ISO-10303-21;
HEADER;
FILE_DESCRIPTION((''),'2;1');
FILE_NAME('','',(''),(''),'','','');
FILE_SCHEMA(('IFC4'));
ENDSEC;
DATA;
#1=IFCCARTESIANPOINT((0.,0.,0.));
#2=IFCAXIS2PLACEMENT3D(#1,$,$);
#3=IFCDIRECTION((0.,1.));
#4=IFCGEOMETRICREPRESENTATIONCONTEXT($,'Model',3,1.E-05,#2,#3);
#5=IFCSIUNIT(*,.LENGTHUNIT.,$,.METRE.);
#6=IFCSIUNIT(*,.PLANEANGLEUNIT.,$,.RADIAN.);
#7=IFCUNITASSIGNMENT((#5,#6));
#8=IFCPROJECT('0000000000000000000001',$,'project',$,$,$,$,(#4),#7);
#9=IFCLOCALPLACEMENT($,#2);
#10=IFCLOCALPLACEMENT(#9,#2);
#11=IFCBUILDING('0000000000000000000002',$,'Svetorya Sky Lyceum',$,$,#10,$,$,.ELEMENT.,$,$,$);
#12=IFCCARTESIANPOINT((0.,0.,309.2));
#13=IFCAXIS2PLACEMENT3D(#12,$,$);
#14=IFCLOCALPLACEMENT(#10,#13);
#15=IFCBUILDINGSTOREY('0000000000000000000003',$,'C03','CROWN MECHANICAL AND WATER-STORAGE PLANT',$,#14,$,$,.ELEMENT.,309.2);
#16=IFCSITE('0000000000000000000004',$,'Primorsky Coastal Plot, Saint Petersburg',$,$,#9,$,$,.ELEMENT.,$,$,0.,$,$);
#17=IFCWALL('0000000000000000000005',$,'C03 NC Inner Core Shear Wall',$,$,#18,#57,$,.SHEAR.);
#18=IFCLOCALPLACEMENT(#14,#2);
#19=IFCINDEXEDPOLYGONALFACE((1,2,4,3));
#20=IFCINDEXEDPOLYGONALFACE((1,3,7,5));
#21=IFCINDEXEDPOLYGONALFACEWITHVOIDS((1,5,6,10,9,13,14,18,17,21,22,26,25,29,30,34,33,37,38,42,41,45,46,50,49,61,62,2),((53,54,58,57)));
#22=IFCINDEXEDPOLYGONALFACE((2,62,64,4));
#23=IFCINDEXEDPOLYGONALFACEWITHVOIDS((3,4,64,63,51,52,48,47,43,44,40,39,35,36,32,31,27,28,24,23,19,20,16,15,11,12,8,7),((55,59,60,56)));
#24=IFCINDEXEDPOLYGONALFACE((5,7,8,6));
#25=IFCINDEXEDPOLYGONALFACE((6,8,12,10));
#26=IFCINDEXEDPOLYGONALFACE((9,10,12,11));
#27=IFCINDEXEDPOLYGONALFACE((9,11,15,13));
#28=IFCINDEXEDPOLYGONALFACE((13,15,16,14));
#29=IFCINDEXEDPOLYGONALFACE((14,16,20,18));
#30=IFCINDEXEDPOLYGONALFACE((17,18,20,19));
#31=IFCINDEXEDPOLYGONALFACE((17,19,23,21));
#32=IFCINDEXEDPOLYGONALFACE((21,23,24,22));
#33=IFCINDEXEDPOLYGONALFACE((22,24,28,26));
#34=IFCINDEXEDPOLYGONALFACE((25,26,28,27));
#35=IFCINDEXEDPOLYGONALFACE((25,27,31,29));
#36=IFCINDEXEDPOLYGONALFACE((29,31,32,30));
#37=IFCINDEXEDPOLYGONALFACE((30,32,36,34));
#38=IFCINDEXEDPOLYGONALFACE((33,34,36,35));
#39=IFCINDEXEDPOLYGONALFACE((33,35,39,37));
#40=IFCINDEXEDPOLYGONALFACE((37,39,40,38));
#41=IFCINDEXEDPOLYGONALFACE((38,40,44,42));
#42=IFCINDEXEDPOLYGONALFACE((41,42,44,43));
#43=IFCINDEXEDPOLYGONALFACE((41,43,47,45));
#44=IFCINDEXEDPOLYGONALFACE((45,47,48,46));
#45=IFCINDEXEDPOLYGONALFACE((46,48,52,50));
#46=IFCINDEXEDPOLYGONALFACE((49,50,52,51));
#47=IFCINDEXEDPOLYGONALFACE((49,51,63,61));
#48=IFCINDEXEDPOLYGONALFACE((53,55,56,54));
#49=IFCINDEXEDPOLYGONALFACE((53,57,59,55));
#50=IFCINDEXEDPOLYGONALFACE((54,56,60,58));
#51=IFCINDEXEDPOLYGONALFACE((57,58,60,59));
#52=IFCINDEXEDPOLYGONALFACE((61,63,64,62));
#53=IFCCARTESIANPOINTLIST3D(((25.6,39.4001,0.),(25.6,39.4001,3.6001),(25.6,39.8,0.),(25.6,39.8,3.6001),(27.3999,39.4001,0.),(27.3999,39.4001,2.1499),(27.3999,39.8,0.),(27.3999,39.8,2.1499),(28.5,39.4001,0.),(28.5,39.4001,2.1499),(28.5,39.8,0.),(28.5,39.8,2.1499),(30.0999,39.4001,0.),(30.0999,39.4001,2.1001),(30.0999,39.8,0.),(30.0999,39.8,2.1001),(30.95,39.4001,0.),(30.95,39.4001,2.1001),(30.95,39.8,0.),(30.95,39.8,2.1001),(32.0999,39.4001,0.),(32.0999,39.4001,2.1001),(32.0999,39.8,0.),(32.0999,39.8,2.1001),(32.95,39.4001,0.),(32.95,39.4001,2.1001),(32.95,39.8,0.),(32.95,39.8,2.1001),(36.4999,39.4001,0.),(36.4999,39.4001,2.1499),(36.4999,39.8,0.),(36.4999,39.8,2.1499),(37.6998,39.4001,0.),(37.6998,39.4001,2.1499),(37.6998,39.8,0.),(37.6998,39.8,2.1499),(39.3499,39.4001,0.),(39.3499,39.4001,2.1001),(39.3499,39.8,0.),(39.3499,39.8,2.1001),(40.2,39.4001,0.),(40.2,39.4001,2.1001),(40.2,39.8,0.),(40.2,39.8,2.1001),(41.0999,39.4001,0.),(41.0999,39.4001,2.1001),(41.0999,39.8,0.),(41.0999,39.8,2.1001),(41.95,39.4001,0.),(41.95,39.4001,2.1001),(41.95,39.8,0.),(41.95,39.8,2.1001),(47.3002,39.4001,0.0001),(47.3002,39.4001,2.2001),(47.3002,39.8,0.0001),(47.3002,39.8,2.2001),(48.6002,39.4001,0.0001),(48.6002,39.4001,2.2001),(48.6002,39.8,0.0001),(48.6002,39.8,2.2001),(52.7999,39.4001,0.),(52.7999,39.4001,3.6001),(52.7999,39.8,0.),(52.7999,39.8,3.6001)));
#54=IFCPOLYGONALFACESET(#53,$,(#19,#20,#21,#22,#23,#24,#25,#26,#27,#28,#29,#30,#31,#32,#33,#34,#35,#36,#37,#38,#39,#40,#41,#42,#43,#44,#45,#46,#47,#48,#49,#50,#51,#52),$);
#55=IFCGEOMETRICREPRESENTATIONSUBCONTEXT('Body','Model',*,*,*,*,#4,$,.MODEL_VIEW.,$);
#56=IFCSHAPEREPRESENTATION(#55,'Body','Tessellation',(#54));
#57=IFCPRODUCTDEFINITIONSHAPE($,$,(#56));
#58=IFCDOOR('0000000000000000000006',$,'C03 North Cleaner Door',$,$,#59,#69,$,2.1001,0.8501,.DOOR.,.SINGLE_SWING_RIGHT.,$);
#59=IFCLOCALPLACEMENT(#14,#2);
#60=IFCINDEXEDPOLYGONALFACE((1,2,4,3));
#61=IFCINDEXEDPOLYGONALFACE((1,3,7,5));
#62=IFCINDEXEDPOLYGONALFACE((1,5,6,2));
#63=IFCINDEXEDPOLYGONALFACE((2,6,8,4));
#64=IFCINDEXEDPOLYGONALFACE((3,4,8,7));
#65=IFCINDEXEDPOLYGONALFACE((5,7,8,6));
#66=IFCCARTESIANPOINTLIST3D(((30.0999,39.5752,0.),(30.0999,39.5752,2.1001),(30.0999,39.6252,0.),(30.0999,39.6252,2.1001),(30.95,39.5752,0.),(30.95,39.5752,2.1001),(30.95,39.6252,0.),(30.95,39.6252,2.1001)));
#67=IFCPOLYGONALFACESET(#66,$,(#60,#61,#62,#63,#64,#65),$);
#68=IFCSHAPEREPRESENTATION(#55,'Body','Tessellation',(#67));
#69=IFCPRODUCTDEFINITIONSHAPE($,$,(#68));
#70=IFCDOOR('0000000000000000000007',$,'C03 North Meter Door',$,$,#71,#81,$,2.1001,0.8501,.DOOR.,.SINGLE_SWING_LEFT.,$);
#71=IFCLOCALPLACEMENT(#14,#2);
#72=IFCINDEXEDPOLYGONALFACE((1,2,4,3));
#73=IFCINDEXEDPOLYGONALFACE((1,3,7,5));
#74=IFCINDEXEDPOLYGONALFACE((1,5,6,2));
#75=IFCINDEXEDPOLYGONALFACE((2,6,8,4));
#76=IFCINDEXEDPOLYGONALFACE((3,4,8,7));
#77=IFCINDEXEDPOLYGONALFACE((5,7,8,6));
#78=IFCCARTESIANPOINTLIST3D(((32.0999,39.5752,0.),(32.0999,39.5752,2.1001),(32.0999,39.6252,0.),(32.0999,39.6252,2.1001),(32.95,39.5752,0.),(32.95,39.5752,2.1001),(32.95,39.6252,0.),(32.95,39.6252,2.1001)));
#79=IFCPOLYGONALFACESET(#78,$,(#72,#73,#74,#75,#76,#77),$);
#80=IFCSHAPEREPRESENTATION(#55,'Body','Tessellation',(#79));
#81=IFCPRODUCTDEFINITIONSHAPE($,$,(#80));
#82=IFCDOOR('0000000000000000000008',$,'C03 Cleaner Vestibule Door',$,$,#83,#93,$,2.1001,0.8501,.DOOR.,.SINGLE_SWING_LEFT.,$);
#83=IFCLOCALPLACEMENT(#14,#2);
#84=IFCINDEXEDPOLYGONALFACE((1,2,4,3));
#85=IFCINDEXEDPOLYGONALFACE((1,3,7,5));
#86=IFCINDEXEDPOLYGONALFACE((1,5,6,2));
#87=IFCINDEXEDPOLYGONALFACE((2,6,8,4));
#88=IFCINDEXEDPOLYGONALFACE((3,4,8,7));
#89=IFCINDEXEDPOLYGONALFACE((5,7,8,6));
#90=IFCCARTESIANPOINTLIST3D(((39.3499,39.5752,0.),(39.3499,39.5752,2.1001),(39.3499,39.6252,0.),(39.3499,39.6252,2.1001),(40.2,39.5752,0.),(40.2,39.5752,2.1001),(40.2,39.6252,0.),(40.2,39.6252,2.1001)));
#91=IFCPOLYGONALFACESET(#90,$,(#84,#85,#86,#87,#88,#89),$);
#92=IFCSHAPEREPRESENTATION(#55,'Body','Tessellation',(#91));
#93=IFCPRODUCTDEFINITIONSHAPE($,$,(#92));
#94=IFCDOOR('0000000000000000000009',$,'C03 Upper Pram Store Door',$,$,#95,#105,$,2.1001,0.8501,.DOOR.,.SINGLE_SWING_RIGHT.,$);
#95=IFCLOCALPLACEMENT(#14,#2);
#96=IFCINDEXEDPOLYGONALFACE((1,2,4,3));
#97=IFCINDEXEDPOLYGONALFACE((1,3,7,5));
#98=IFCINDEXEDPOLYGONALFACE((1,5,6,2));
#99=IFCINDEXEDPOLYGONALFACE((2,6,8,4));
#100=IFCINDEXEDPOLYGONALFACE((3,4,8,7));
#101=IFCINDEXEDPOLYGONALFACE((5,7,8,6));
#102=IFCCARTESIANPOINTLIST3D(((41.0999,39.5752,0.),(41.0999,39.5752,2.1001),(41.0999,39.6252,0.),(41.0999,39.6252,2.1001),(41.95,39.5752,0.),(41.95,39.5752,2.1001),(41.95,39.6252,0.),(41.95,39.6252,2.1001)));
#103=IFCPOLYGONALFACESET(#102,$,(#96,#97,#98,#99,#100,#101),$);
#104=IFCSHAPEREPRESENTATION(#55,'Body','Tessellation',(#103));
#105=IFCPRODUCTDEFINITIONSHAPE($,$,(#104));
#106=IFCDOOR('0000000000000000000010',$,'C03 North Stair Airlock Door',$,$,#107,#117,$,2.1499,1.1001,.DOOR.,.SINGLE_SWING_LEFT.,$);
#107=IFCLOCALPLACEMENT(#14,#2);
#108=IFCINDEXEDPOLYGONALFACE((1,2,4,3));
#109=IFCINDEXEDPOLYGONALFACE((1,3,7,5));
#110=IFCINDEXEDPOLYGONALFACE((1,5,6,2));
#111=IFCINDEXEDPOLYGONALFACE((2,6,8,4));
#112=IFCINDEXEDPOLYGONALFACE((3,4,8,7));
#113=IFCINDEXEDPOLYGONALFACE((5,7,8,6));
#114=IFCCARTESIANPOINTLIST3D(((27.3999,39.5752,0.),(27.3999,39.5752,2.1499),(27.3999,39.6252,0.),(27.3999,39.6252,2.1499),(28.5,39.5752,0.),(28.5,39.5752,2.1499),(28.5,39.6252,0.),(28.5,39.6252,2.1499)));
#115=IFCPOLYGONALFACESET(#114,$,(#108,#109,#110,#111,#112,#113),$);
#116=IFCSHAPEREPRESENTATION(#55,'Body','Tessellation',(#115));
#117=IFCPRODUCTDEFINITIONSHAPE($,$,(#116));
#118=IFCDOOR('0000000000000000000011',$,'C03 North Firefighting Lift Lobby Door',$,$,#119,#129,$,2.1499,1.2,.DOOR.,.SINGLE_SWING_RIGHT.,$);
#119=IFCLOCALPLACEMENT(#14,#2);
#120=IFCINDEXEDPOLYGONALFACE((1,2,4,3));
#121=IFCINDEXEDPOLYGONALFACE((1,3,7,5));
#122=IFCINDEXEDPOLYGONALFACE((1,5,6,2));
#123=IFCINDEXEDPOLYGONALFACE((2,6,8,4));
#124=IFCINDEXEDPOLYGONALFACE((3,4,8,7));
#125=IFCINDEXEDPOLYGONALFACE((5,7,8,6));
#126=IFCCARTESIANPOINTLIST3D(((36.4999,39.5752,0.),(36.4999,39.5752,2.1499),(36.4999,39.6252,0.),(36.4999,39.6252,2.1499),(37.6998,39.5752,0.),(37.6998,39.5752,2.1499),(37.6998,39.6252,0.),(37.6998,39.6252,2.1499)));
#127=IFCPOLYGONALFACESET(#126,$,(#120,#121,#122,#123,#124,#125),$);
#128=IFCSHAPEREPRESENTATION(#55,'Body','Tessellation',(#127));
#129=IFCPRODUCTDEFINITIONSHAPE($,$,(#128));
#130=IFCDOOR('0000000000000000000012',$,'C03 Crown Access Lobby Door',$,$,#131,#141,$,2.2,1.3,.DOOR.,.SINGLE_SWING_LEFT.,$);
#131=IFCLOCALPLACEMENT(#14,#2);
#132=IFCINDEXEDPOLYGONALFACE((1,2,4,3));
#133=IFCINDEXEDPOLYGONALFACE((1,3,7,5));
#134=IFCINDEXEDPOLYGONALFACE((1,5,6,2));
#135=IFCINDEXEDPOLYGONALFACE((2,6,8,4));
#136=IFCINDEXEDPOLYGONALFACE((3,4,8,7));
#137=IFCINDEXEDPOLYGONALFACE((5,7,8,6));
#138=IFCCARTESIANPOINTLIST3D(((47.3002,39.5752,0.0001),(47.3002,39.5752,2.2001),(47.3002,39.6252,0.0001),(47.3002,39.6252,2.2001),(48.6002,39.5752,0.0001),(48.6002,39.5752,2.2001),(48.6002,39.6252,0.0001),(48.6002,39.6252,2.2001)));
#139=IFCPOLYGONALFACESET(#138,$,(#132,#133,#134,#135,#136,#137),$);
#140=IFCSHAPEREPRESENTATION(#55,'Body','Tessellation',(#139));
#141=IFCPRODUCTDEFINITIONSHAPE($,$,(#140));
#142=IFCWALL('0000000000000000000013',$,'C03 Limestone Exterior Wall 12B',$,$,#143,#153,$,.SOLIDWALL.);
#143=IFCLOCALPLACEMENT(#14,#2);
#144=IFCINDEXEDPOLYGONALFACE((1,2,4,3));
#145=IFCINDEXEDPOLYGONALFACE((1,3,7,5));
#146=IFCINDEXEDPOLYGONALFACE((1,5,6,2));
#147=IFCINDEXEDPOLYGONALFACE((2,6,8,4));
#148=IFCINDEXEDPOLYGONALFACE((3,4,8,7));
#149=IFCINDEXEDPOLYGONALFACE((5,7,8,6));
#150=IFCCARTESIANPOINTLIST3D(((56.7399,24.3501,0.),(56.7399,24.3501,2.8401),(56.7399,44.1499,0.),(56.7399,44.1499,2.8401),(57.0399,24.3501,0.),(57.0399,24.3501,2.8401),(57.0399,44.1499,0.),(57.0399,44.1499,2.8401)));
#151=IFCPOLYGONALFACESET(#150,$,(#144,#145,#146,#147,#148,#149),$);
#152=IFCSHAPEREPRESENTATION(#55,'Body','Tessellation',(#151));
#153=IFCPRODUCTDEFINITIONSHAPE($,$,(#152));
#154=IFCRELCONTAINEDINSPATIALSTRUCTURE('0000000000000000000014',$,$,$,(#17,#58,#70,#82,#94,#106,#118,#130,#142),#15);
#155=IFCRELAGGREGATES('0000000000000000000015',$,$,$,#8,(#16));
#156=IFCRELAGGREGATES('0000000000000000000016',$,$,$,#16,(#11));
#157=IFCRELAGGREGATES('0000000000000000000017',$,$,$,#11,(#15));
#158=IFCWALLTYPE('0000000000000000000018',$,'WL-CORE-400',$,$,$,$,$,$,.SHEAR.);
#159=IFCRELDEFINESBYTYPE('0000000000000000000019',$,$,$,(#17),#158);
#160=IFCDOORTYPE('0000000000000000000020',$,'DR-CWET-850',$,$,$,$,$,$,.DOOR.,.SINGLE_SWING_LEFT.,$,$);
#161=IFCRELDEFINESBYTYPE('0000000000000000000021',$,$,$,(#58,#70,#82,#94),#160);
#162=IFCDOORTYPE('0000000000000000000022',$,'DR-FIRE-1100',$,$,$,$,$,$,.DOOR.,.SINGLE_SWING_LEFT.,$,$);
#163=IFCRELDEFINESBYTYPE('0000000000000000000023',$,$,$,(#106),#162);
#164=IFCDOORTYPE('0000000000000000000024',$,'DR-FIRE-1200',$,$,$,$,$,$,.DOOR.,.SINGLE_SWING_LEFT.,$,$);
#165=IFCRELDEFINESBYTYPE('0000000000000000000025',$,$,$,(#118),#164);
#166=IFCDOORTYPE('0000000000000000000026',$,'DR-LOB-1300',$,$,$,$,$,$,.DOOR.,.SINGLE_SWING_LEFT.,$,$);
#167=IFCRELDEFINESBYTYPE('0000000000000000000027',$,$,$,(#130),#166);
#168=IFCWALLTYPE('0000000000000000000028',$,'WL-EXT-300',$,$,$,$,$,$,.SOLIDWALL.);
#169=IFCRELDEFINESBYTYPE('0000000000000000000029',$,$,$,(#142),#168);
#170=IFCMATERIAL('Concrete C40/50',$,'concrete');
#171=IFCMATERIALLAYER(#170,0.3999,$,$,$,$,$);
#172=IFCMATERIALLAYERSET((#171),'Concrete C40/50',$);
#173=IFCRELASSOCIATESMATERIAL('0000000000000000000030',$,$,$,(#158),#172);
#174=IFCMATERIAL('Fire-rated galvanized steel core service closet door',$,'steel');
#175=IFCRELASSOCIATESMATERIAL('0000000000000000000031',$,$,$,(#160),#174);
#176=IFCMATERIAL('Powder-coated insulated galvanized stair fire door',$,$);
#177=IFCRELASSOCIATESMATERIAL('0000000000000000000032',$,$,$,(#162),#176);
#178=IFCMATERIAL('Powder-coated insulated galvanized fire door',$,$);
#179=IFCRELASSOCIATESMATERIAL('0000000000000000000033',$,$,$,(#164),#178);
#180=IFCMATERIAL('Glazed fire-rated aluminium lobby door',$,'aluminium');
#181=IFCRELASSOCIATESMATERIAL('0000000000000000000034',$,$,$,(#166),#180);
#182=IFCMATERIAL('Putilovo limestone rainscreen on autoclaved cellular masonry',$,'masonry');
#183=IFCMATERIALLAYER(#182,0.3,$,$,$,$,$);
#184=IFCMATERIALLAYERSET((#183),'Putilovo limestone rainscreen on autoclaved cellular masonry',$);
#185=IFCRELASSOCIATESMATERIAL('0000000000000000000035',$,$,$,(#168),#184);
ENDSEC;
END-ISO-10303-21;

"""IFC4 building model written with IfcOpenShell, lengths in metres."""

from ifc_helpers import new_model, si_unit, direction, frame, frame_2d, origin, place, context, subcontext, project, spatial, rectangle, extrude, material, layer, layer_set, type_object, element, fill, save


model = new_model("IFC4")

# Units and contexts
model_context = context("Model", 3, precision=1e-05, world=origin(), true_north=direction((0.0, 1.0)))
body_context = subcontext(model_context, "Body", "Model", "MODEL_VIEW")
ifc_project = project(units=[si_unit("LENGTHUNIT", "METRE"), si_unit("PLANEANGLEUNIT", "RADIAN")], contexts=[model_context])

# Site, building, storey
site_placement = place(None, origin())
site = spatial("IfcSite", under=ifc_project, at=site_placement, Name="Primorsky Coastal Plot, Saint Petersburg", CompositionType="ELEMENT", RefElevation=0.0)
building_placement = place(site_placement, origin())
building = spatial("IfcBuilding", under=site, at=building_placement, Name="Svetorya Sky Lyceum", CompositionType="ELEMENT")
storey_placement = place(building_placement, frame((0.0, 0.0, 309.2)))
storey = spatial("IfcBuildingStorey", under=building, at=storey_placement, Name="C03", Description="CROWN MECHANICAL AND WATER-STORAGE PLANT", CompositionType="ELEMENT", Elevation=309.2)

# Shared definitions
ifc_material_1 = material(Name="Concrete C40/50", Category="concrete")

# Wall, openings, doors
ifc_layer_1 = layer(ifc_material_1, 0.3999)
ifc_layer_set_1 = layer_set([ifc_layer_1], Name="Concrete C40/50")
wall_type_1 = type_object("IfcWallType", Name="WL-CORE-400", PredefinedType="SHEAR", material=ifc_layer_set_1)
wall_1_placement = place(storey_placement, frame((52.8, 39.6001, 0.0), z_axis=(0.0, 0.0, 1.0), x_axis=(-1.0, 0.0, 0.0)))
wall_1 = element("IfcWall", 1, at=wall_1_placement, inside=storey, type_object=wall_type_1, Name="C03 NC Inner Core Shear Wall", PredefinedType="SHEAR", context=body_context, shape_type="SweptSolid", body=[
    extrude(rectangle(XDim=27.2, YDim=0.3999, at=frame_2d((13.6001, 0.0))), origin(), (0.0, 0.0, 1.0), 3.6001),
])
opening_1_placement = place(wall_1_placement, frame((24.3, 0.0, 0.0)))
opening_1 = element("IfcOpeningElement", 2, at=opening_1_placement, cuts=wall_1, PredefinedType="OPENING", context=body_context, shape_type="SweptSolid", body=[
    extrude(rectangle(XDim=1.1001, YDim=2.1499, at=frame_2d((0.55, 1.075))), frame((0.0, 0.21, 0.0), z_axis=(0.0, -1.0, 0.0), x_axis=(1.0, 0.0, 0.0)), (0.0, 0.0, 1.0), 0.4199),
])
opening_2_placement = place(wall_1_placement, frame((21.8501, 0.0, 0.0)))
opening_2 = element("IfcOpeningElement", 3, at=opening_2_placement, cuts=wall_1, PredefinedType="OPENING", context=body_context, shape_type="SweptSolid", body=[
    extrude(rectangle(XDim=0.8501, YDim=2.1001, at=frame_2d((0.425, 1.05))), frame((0.0, 0.21, 0.0), z_axis=(0.0, -1.0, 0.0), x_axis=(1.0, 0.0, 0.0)), (0.0, 0.0, 1.0), 0.4199),
])
opening_3_placement = place(wall_1_placement, frame((19.8501, 0.0, 0.0)))
opening_3 = element("IfcOpeningElement", 4, at=opening_3_placement, cuts=wall_1, PredefinedType="OPENING", context=body_context, shape_type="SweptSolid", body=[
    extrude(rectangle(XDim=0.8501, YDim=2.1001, at=frame_2d((0.425, 1.05))), frame((0.0, 0.21, 0.0), z_axis=(0.0, -1.0, 0.0), x_axis=(1.0, 0.0, 0.0)), (0.0, 0.0, 1.0), 0.4199),
])
opening_4_placement = place(wall_1_placement, frame((15.1001, 0.0, 0.0)))
opening_4 = element("IfcOpeningElement", 5, at=opening_4_placement, cuts=wall_1, PredefinedType="OPENING", context=body_context, shape_type="SweptSolid", body=[
    extrude(rectangle(XDim=1.2, YDim=2.1499, at=frame_2d((0.6001, 1.075))), frame((0.0, 0.21, 0.0), z_axis=(0.0, -1.0, 0.0), x_axis=(1.0, 0.0, 0.0)), (0.0, 0.0, 1.0), 0.4199),
])
opening_5_placement = place(wall_1_placement, frame((12.6001, 0.0, 0.0)))
opening_5 = element("IfcOpeningElement", 6, at=opening_5_placement, cuts=wall_1, PredefinedType="OPENING", context=body_context, shape_type="SweptSolid", body=[
    extrude(rectangle(XDim=0.8501, YDim=2.1001, at=frame_2d((0.425, 1.05))), frame((0.0, 0.21, 0.0), z_axis=(0.0, -1.0, 0.0), x_axis=(1.0, 0.0, 0.0)), (0.0, 0.0, 1.0), 0.4199),
])
opening_6_placement = place(wall_1_placement, frame((10.8501, 0.0, 0.0)))
opening_6 = element("IfcOpeningElement", 7, at=opening_6_placement, cuts=wall_1, PredefinedType="OPENING", context=body_context, shape_type="SweptSolid", body=[
    extrude(rectangle(XDim=0.8501, YDim=2.1001, at=frame_2d((0.425, 1.05))), frame((0.0, 0.21, 0.0), z_axis=(0.0, -1.0, 0.0), x_axis=(1.0, 0.0, 0.0)), (0.0, 0.0, 1.0), 0.4199),
])
opening_7_placement = place(wall_1_placement, frame((4.2, 0.0, 0.0)))
opening_7 = element("IfcOpeningElement", 8, at=opening_7_placement, cuts=wall_1, PredefinedType="OPENING", context=body_context, shape_type="SweptSolid", body=[
    extrude(rectangle(XDim=1.3, YDim=2.2, at=frame_2d((0.6499, 1.1001))), frame((0.0, 0.21, 0.0), z_axis=(0.0, -1.0, 0.0), x_axis=(1.0, 0.0, 0.0)), (0.0, 0.0, 1.0), 0.4199),
])
ifc_material_2 = material(Name="Fire-rated galvanized steel core service closet door", Category="steel")
door_type_1 = type_object("IfcDoorType", Name="DR-CWET-850", OperationType="SINGLE_SWING_LEFT", PredefinedType="DOOR", material=ifc_material_2)
door_1_placement = place(opening_2_placement, origin())
door_1 = element("IfcDoor", 9, at=door_1_placement, inside=storey, type_object=door_type_1, Name="C03 North Cleaner Door", OperationType="SINGLE_SWING_RIGHT", OverallHeight=2.1001, OverallWidth=0.8501, PredefinedType="DOOR", context=body_context, shape_type="SweptSolid", body=[
    extrude(rectangle(XDim=0.8501, YDim=2.1001, at=frame_2d((0.425, 1.05))), frame((0.0, 0.0249, 0.0), z_axis=(0.0, -1.0, 0.0), x_axis=(1.0, 0.0, 0.0)), (0.0, 0.0, 1.0), 0.05),
])
fill(opening_2, door_1)
door_2_placement = place(opening_3_placement, origin())
door_2 = element("IfcDoor", 10, at=door_2_placement, inside=storey, type_object=door_type_1, Name="C03 North Meter Door", OperationType="SINGLE_SWING_LEFT", OverallHeight=2.1001, OverallWidth=0.8501, PredefinedType="DOOR", context=body_context, shape_type="SweptSolid", body=[
    extrude(rectangle(XDim=0.8501, YDim=2.1001, at=frame_2d((0.425, 1.05))), frame((0.0, 0.0249, 0.0), z_axis=(0.0, -1.0, 0.0), x_axis=(1.0, 0.0, 0.0)), (0.0, 0.0, 1.0), 0.05),
])
fill(opening_3, door_2)
door_3_placement = place(opening_5_placement, origin())
door_3 = element("IfcDoor", 11, at=door_3_placement, inside=storey, type_object=door_type_1, Name="C03 Cleaner Vestibule Door", OperationType="SINGLE_SWING_LEFT", OverallHeight=2.1001, OverallWidth=0.8501, PredefinedType="DOOR", context=body_context, shape_type="SweptSolid", body=[
    extrude(rectangle(XDim=0.8501, YDim=2.1001, at=frame_2d((0.425, 1.05))), frame((0.0, 0.0249, 0.0), z_axis=(0.0, -1.0, 0.0), x_axis=(1.0, 0.0, 0.0)), (0.0, 0.0, 1.0), 0.05),
])
fill(opening_5, door_3)
door_4_placement = place(opening_6_placement, origin())
door_4 = element("IfcDoor", 12, at=door_4_placement, inside=storey, type_object=door_type_1, Name="C03 Upper Pram Store Door", OperationType="SINGLE_SWING_RIGHT", OverallHeight=2.1001, OverallWidth=0.8501, PredefinedType="DOOR", context=body_context, shape_type="SweptSolid", body=[
    extrude(rectangle(XDim=0.8501, YDim=2.1001, at=frame_2d((0.425, 1.05))), frame((0.0, 0.0249, 0.0), z_axis=(0.0, -1.0, 0.0), x_axis=(1.0, 0.0, 0.0)), (0.0, 0.0, 1.0), 0.05),
])
fill(opening_6, door_4)
ifc_material_3 = material(Name="Powder-coated insulated galvanized stair fire door")
door_type_2 = type_object("IfcDoorType", Name="DR-FIRE-1100", OperationType="SINGLE_SWING_LEFT", PredefinedType="DOOR", material=ifc_material_3)
door_5_placement = place(opening_1_placement, origin())
door_5 = element("IfcDoor", 13, at=door_5_placement, inside=storey, type_object=door_type_2, Name="C03 North Stair Airlock Door", OperationType="SINGLE_SWING_LEFT", OverallHeight=2.1499, OverallWidth=1.1001, PredefinedType="DOOR", context=body_context, shape_type="SweptSolid", body=[
    extrude(rectangle(XDim=1.1001, YDim=2.1499, at=frame_2d((0.55, 1.075))), frame((0.0, 0.0249, 0.0), z_axis=(0.0, -1.0, 0.0), x_axis=(1.0, 0.0, 0.0)), (0.0, 0.0, 1.0), 0.05),
])
fill(opening_1, door_5)
ifc_material_4 = material(Name="Powder-coated insulated galvanized fire door")
door_type_3 = type_object("IfcDoorType", Name="DR-FIRE-1200", OperationType="SINGLE_SWING_LEFT", PredefinedType="DOOR", material=ifc_material_4)
door_6_placement = place(opening_4_placement, origin())
door_6 = element("IfcDoor", 14, at=door_6_placement, inside=storey, type_object=door_type_3, Name="C03 North Firefighting Lift Lobby Door", OperationType="SINGLE_SWING_RIGHT", OverallHeight=2.1499, OverallWidth=1.2, PredefinedType="DOOR", context=body_context, shape_type="SweptSolid", body=[
    extrude(rectangle(XDim=1.2, YDim=2.1499, at=frame_2d((0.6001, 1.075))), frame((0.0, 0.0249, 0.0), z_axis=(0.0, -1.0, 0.0), x_axis=(1.0, 0.0, 0.0)), (0.0, 0.0, 1.0), 0.05),
])
fill(opening_4, door_6)
ifc_material_5 = material(Name="Glazed fire-rated aluminium lobby door", Category="aluminium")
door_type_4 = type_object("IfcDoorType", Name="DR-LOB-1300", OperationType="SINGLE_SWING_LEFT", PredefinedType="DOOR", material=ifc_material_5)
door_7_placement = place(opening_7_placement, origin())
door_7 = element("IfcDoor", 15, at=door_7_placement, inside=storey, type_object=door_type_4, Name="C03 Crown Access Lobby Door", OperationType="SINGLE_SWING_LEFT", OverallHeight=2.2, OverallWidth=1.3, PredefinedType="DOOR", context=body_context, shape_type="SweptSolid", body=[
    extrude(rectangle(XDim=1.3, YDim=2.2, at=frame_2d((0.6499, 1.1001))), frame((0.0, 0.0249, 0.0), z_axis=(0.0, -1.0, 0.0), x_axis=(1.0, 0.0, 0.0)), (0.0, 0.0, 1.0), 0.05),
])
fill(opening_7, door_7)

# Wall
ifc_material_6 = material(Name="Putilovo limestone rainscreen on autoclaved cellular masonry", Category="masonry")
ifc_layer_2 = layer(ifc_material_6, 0.3)
ifc_layer_set_2 = layer_set([ifc_layer_2], Name="Putilovo limestone rainscreen on autoclaved cellular masonry")
wall_type_2 = type_object("IfcWallType", Name="WL-EXT-300", PredefinedType="SOLIDWALL", material=ifc_layer_set_2)
wall_2_placement = place(storey_placement, frame((56.8899, 24.3501, 0.0), z_axis=(0.0, 0.0, 1.0), x_axis=(0.0, 1.0, 0.0)))
element("IfcWall", 16, at=wall_2_placement, inside=storey, type_object=wall_type_2, Name="C03 Limestone Exterior Wall 12B", PredefinedType="SOLIDWALL", context=body_context, shape_type="SweptSolid", body=[
    extrude(rectangle(XDim=19.7998, YDim=0.3, at=frame_2d((9.8999, 0.0))), origin(), (0.0, 0.0, 1.0), 2.8401),
])

save(model, "model.ifc")
